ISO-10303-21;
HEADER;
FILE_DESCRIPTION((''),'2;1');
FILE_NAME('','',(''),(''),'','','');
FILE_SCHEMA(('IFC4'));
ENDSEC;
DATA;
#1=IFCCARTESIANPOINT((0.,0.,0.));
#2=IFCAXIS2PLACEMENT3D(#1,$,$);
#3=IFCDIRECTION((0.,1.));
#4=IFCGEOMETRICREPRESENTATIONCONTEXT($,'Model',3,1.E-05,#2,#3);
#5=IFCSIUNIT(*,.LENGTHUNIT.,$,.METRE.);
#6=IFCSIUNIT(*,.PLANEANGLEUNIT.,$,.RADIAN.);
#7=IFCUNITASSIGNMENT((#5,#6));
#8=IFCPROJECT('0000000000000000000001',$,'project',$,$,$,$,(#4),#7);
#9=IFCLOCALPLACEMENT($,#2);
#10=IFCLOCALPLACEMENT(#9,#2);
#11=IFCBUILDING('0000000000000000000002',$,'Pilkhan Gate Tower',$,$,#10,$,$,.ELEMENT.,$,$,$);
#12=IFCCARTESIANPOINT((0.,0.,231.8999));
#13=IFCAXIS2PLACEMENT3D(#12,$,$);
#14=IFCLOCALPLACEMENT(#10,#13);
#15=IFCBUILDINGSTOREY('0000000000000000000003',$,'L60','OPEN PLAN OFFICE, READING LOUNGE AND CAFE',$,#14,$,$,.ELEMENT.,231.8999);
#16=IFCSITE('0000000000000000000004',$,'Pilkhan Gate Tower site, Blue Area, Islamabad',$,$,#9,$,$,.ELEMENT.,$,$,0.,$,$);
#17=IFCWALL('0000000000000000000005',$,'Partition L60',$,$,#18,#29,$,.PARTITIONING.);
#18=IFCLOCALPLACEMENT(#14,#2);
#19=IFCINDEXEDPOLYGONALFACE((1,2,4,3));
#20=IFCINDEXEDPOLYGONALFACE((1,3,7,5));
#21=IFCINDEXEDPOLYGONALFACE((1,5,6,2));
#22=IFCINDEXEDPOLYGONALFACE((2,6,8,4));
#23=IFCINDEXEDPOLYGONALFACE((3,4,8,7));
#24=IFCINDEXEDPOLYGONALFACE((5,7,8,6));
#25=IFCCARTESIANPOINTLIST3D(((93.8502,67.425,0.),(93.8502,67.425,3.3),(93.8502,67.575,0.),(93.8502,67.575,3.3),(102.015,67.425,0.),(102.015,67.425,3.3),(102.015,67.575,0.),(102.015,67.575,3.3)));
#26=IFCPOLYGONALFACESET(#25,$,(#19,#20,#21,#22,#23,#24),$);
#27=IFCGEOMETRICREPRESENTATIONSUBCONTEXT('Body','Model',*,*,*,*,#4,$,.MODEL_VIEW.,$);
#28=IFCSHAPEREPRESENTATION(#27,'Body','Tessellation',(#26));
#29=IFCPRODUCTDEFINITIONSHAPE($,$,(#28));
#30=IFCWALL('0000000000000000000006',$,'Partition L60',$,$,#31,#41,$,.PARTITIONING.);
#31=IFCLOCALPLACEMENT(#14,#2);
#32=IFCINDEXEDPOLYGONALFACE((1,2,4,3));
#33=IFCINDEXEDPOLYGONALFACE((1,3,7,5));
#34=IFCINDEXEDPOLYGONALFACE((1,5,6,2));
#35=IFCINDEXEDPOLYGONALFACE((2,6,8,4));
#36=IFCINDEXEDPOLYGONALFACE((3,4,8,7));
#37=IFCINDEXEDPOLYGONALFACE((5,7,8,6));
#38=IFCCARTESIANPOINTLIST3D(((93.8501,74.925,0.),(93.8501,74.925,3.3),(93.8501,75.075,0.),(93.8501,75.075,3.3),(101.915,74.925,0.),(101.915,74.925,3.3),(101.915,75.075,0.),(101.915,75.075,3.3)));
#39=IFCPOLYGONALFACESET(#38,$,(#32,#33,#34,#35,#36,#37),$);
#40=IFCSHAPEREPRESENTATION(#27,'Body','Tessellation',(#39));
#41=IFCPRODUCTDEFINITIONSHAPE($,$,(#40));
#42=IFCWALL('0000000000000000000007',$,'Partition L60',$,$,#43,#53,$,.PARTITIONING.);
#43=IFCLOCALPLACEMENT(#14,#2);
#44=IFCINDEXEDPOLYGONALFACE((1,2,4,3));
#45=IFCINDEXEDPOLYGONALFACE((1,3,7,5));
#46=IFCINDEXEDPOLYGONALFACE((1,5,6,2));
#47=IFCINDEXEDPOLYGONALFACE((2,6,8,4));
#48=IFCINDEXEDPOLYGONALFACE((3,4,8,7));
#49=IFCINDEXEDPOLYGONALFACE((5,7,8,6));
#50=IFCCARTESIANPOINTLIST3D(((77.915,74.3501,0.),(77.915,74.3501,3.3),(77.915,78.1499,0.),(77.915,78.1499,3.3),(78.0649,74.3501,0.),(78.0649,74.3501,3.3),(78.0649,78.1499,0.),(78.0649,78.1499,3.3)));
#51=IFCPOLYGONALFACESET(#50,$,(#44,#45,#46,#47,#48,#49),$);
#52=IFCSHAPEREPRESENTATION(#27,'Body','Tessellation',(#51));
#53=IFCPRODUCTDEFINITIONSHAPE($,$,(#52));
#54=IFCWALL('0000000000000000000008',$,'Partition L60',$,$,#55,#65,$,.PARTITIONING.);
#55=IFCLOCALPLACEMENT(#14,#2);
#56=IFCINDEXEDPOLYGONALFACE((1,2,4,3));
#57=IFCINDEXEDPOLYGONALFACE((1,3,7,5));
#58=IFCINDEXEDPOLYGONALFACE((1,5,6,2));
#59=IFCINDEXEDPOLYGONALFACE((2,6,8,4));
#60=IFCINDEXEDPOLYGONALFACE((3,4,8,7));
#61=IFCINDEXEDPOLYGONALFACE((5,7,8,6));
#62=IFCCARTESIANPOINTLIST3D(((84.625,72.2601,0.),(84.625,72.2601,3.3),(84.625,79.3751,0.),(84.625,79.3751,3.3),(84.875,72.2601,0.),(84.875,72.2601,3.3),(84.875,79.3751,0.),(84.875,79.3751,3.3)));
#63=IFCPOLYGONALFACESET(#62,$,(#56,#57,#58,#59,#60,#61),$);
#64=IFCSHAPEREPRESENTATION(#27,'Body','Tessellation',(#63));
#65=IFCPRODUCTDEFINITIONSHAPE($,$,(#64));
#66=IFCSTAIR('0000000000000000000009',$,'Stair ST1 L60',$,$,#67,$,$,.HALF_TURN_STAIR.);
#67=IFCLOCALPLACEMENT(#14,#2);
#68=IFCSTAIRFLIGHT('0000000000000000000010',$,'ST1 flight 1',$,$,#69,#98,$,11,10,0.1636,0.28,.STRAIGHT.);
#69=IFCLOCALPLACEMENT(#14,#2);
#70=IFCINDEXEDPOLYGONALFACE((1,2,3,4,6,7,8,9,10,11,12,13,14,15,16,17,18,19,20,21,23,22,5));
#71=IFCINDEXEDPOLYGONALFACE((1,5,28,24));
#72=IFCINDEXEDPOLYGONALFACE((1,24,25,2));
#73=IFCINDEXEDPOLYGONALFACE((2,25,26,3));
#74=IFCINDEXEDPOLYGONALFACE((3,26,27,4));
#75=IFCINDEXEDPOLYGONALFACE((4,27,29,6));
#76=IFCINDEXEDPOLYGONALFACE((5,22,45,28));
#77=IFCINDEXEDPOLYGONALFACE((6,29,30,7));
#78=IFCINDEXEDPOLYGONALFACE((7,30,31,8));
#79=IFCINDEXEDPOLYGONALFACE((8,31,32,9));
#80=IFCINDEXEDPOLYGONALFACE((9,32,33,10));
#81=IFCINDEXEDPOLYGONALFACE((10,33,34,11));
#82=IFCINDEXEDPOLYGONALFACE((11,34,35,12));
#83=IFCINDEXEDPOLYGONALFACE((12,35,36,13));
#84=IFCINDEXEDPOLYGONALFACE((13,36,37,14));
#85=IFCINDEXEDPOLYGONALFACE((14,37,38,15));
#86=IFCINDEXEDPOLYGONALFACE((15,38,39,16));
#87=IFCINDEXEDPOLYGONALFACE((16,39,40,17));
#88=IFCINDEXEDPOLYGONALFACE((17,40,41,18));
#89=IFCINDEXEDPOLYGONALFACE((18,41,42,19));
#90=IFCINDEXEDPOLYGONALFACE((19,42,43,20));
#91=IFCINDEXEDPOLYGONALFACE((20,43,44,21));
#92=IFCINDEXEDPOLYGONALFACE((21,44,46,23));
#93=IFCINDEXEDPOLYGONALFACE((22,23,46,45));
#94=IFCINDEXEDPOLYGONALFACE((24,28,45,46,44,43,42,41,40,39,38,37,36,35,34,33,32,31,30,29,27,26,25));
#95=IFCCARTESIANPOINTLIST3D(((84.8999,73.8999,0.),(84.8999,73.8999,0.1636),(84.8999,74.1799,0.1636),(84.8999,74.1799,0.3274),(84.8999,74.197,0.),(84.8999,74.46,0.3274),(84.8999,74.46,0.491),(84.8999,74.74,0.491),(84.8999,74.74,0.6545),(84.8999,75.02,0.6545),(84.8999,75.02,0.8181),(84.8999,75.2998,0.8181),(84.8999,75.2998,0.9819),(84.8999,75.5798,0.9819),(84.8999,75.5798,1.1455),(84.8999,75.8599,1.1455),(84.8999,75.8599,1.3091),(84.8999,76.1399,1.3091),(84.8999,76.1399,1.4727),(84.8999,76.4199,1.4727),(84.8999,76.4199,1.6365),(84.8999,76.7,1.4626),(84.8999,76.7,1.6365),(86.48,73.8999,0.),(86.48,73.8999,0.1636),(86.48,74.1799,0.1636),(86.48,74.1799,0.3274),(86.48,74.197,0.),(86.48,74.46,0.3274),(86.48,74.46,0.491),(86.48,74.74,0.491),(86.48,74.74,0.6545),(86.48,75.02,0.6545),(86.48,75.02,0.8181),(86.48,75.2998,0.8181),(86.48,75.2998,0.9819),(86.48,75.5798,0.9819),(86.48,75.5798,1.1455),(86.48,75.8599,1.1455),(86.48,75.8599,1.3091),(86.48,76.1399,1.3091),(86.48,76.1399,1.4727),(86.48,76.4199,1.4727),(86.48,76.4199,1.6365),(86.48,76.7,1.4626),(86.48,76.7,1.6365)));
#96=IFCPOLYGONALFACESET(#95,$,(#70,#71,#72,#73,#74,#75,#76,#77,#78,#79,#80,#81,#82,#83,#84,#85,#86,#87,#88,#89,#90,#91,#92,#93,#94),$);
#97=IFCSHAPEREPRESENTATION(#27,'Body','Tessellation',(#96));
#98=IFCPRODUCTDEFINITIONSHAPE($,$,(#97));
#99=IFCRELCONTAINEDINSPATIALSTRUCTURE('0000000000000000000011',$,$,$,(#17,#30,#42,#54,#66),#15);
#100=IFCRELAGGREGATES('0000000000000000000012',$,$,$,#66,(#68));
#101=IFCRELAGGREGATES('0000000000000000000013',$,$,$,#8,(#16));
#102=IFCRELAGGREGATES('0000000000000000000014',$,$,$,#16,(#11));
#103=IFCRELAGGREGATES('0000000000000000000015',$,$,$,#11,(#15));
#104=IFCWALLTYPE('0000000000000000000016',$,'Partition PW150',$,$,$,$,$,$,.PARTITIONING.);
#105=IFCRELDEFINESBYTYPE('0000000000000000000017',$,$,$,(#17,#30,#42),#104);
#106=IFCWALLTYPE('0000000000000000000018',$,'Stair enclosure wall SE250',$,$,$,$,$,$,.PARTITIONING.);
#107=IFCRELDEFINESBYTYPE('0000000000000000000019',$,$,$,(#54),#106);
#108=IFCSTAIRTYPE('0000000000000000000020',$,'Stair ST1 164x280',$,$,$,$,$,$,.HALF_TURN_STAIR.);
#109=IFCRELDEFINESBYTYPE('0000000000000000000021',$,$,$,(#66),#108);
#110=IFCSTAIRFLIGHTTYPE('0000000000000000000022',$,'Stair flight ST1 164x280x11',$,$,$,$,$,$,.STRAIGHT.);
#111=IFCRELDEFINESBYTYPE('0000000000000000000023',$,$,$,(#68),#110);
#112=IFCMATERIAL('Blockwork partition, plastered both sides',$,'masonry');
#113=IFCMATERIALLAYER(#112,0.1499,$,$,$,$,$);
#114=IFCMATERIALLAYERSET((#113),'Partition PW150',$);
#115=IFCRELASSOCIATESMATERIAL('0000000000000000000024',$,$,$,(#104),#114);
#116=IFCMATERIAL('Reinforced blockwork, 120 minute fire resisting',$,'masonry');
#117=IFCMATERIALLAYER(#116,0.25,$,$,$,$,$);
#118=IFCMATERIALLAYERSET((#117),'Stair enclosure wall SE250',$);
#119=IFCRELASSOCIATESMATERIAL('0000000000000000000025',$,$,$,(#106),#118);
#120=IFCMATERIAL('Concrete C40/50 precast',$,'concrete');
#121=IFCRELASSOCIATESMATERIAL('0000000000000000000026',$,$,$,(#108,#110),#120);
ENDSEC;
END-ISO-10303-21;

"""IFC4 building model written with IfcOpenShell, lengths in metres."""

from ifc_helpers import new_model, si_unit, direction, frame, frame_2d, origin, place, context, subcontext, project, spatial, polyline, rectangle, outline, extrude, material, layer, layer_set, type_object, element, aggregate, save


model = new_model("IFC4")

# Units and contexts
model_context = context("Model", 3, precision=1e-05, world=origin(), true_north=direction((0.0, 1.0)))
body_context = subcontext(model_context, "Body", "Model", "MODEL_VIEW")
ifc_project = project(units=[si_unit("LENGTHUNIT", "METRE"), si_unit("PLANEANGLEUNIT", "RADIAN")], contexts=[model_context])

# Site, building, storey
site_placement = place(None, origin())
site = spatial("IfcSite", under=ifc_project, at=site_placement, Name="Pilkhan Gate Tower site, Blue Area, Islamabad", CompositionType="ELEMENT", RefElevation=0.0)
building_placement = place(site_placement, origin())
building = spatial("IfcBuilding", under=site, at=building_placement, Name="Pilkhan Gate Tower", CompositionType="ELEMENT")
storey_placement = place(building_placement, frame((0.0, 0.0, 231.8999)))
storey = spatial("IfcBuildingStorey", under=building, at=storey_placement, Name="L60", Description="OPEN PLAN OFFICE, READING LOUNGE AND CAFE", CompositionType="ELEMENT", Elevation=231.8999)

# Walls
ifc_material_1 = material(Name="Blockwork partition, plastered both sides", Category="masonry")
ifc_layer_1 = layer(ifc_material_1, 0.1499)
ifc_layer_set_1 = layer_set([ifc_layer_1], Name="Partition PW150")
wall_type_1 = type_object("IfcWallType", Name="Partition PW150", PredefinedType="PARTITIONING", material=ifc_layer_set_1)
for number, where, z_axis, x_axis, name in (
    (1, (93.8501, 67.5, 0.0), (0.0, 0.0, 1.0), (1.0, 0.0, 0.0), "Partition L60"),
):
    element("IfcWall", number, at=place(storey_placement, frame(where, z_axis=z_axis, x_axis=x_axis)), inside=storey, type_object=wall_type_1, Name=name, PredefinedType="PARTITIONING", context=body_context, shape_type="SweptSolid", body=[
        extrude(rectangle(XDim=8.1648, YDim=0.1499, at=frame_2d((4.0825, 0.0))), origin(), (0.0, 0.0, 1.0), 3.3),
    ])
wall_1_placement = place(storey_placement, frame((93.8501, 75.0, 0.0), z_axis=(0.0, 0.0, 1.0), x_axis=(1.0, 0.0, 0.0)))
element("IfcWall", 2, at=wall_1_placement, inside=storey, type_object=wall_type_1, Name="Partition L60", PredefinedType="PARTITIONING", context=body_context, shape_type="SweptSolid", body=[
    extrude(rectangle(XDim=8.0649, YDim=0.1499, at=frame_2d((4.0325, 0.0))), origin(), (0.0, 0.0, 1.0), 3.3),
])
wall_2_placement = place(storey_placement, frame((77.99, 74.3501, 0.0), z_axis=(0.0, 0.0, 1.0), x_axis=(0.0, 1.0, 0.0)))
element("IfcWall", 3, at=wall_2_placement, inside=storey, type_object=wall_type_1, Name="Partition L60", PredefinedType="PARTITIONING", context=body_context, shape_type="SweptSolid", body=[
    extrude(rectangle(XDim=3.7998, YDim=0.1499, at=frame_2d((1.8999, 0.0))), origin(), (0.0, 0.0, 1.0), 3.3),
])
ifc_material_2 = material(Name="Reinforced blockwork, 120 minute fire resisting", Category="masonry")
ifc_layer_2 = layer(ifc_material_2, 0.25)
ifc_layer_set_2 = layer_set([ifc_layer_2], Name="Stair enclosure wall SE250")
wall_type_2 = type_object("IfcWallType", Name="Stair enclosure wall SE250", PredefinedType="PARTITIONING", material=ifc_layer_set_2)
wall_3_placement = place(storey_placement, frame((84.75, 72.26, 0.0), z_axis=(0.0, 0.0, 1.0), x_axis=(0.0, 1.0, 0.0)))
element("IfcWall", 4, at=wall_3_placement, inside=storey, type_object=wall_type_2, Name="Partition L60", PredefinedType="PARTITIONING", context=body_context, shape_type="SweptSolid", body=[
    extrude(rectangle(XDim=7.115, YDim=0.25, at=frame_2d((3.5576, 0.0))), origin(), (0.0, 0.0, 1.0), 3.3),
])

# Stair, stair flight
ifc_material_3 = material(Name="Concrete C40/50 precast", Category="concrete")
stair_type = type_object("IfcStairType", Name="Stair ST1 164x280", PredefinedType="HALF_TURN_STAIR", material=ifc_material_3)
stair_placement = place(storey_placement, origin())
stair = element("IfcStair", 5, at=stair_placement, inside=storey, type_object=stair_type, Name="Stair ST1 L60", PredefinedType="HALF_TURN_STAIR")
stair_flight_type = type_object("IfcStairFlightType", Name="Stair flight ST1 164x280x11", PredefinedType="STRAIGHT", material=ifc_material_3)
stair_flight_placement = place(storey_placement, frame((85.6899, 73.8999, 0.0), z_axis=(0.0, 0.0, 1.0), x_axis=(0.0, 1.0, 0.0)))
stair_flight = element("IfcStairFlight", 6, at=stair_flight_placement, type_object=stair_flight_type, Name="ST1 flight 1", NumberOfRisers=11, NumberOfTreads=10, PredefinedType="STRAIGHT", RiserHeight=0.1636, TreadLength=0.28, context=body_context, shape_type="SweptSolid", body=[
    extrude(outline(polyline([(0.0, 0.0), (0.0, 0.1636), (0.28, 0.1636), (0.28, 0.3274), (0.5601, 0.3274), (0.5601, 0.491), (0.8401, 0.491), (0.8401, 0.6545), (1.1201, 0.6545), (1.1201, 0.8181), (1.3999, 0.8181), (1.3999, 0.9819), (1.6799, 0.9819), (1.6799, 1.1455), (1.96, 1.1455), (1.96, 1.3091), (2.24, 1.3091), (2.24, 1.4727), (2.52, 1.4727), (2.52, 1.6365), (2.8, 1.6365), (2.8, 1.8), (2.8, 1.4626), (0.2971, 0.0), (0.0, 0.0)])), frame((0.0, 0.79, 0.0), z_axis=(0.0, -1.0, 0.0), x_axis=(1.0, 0.0, 0.0)), (0.0, 0.0, 1.0), 1.5801),
])
aggregate(stair, [stair_flight])

save(model, "model.ifc")
